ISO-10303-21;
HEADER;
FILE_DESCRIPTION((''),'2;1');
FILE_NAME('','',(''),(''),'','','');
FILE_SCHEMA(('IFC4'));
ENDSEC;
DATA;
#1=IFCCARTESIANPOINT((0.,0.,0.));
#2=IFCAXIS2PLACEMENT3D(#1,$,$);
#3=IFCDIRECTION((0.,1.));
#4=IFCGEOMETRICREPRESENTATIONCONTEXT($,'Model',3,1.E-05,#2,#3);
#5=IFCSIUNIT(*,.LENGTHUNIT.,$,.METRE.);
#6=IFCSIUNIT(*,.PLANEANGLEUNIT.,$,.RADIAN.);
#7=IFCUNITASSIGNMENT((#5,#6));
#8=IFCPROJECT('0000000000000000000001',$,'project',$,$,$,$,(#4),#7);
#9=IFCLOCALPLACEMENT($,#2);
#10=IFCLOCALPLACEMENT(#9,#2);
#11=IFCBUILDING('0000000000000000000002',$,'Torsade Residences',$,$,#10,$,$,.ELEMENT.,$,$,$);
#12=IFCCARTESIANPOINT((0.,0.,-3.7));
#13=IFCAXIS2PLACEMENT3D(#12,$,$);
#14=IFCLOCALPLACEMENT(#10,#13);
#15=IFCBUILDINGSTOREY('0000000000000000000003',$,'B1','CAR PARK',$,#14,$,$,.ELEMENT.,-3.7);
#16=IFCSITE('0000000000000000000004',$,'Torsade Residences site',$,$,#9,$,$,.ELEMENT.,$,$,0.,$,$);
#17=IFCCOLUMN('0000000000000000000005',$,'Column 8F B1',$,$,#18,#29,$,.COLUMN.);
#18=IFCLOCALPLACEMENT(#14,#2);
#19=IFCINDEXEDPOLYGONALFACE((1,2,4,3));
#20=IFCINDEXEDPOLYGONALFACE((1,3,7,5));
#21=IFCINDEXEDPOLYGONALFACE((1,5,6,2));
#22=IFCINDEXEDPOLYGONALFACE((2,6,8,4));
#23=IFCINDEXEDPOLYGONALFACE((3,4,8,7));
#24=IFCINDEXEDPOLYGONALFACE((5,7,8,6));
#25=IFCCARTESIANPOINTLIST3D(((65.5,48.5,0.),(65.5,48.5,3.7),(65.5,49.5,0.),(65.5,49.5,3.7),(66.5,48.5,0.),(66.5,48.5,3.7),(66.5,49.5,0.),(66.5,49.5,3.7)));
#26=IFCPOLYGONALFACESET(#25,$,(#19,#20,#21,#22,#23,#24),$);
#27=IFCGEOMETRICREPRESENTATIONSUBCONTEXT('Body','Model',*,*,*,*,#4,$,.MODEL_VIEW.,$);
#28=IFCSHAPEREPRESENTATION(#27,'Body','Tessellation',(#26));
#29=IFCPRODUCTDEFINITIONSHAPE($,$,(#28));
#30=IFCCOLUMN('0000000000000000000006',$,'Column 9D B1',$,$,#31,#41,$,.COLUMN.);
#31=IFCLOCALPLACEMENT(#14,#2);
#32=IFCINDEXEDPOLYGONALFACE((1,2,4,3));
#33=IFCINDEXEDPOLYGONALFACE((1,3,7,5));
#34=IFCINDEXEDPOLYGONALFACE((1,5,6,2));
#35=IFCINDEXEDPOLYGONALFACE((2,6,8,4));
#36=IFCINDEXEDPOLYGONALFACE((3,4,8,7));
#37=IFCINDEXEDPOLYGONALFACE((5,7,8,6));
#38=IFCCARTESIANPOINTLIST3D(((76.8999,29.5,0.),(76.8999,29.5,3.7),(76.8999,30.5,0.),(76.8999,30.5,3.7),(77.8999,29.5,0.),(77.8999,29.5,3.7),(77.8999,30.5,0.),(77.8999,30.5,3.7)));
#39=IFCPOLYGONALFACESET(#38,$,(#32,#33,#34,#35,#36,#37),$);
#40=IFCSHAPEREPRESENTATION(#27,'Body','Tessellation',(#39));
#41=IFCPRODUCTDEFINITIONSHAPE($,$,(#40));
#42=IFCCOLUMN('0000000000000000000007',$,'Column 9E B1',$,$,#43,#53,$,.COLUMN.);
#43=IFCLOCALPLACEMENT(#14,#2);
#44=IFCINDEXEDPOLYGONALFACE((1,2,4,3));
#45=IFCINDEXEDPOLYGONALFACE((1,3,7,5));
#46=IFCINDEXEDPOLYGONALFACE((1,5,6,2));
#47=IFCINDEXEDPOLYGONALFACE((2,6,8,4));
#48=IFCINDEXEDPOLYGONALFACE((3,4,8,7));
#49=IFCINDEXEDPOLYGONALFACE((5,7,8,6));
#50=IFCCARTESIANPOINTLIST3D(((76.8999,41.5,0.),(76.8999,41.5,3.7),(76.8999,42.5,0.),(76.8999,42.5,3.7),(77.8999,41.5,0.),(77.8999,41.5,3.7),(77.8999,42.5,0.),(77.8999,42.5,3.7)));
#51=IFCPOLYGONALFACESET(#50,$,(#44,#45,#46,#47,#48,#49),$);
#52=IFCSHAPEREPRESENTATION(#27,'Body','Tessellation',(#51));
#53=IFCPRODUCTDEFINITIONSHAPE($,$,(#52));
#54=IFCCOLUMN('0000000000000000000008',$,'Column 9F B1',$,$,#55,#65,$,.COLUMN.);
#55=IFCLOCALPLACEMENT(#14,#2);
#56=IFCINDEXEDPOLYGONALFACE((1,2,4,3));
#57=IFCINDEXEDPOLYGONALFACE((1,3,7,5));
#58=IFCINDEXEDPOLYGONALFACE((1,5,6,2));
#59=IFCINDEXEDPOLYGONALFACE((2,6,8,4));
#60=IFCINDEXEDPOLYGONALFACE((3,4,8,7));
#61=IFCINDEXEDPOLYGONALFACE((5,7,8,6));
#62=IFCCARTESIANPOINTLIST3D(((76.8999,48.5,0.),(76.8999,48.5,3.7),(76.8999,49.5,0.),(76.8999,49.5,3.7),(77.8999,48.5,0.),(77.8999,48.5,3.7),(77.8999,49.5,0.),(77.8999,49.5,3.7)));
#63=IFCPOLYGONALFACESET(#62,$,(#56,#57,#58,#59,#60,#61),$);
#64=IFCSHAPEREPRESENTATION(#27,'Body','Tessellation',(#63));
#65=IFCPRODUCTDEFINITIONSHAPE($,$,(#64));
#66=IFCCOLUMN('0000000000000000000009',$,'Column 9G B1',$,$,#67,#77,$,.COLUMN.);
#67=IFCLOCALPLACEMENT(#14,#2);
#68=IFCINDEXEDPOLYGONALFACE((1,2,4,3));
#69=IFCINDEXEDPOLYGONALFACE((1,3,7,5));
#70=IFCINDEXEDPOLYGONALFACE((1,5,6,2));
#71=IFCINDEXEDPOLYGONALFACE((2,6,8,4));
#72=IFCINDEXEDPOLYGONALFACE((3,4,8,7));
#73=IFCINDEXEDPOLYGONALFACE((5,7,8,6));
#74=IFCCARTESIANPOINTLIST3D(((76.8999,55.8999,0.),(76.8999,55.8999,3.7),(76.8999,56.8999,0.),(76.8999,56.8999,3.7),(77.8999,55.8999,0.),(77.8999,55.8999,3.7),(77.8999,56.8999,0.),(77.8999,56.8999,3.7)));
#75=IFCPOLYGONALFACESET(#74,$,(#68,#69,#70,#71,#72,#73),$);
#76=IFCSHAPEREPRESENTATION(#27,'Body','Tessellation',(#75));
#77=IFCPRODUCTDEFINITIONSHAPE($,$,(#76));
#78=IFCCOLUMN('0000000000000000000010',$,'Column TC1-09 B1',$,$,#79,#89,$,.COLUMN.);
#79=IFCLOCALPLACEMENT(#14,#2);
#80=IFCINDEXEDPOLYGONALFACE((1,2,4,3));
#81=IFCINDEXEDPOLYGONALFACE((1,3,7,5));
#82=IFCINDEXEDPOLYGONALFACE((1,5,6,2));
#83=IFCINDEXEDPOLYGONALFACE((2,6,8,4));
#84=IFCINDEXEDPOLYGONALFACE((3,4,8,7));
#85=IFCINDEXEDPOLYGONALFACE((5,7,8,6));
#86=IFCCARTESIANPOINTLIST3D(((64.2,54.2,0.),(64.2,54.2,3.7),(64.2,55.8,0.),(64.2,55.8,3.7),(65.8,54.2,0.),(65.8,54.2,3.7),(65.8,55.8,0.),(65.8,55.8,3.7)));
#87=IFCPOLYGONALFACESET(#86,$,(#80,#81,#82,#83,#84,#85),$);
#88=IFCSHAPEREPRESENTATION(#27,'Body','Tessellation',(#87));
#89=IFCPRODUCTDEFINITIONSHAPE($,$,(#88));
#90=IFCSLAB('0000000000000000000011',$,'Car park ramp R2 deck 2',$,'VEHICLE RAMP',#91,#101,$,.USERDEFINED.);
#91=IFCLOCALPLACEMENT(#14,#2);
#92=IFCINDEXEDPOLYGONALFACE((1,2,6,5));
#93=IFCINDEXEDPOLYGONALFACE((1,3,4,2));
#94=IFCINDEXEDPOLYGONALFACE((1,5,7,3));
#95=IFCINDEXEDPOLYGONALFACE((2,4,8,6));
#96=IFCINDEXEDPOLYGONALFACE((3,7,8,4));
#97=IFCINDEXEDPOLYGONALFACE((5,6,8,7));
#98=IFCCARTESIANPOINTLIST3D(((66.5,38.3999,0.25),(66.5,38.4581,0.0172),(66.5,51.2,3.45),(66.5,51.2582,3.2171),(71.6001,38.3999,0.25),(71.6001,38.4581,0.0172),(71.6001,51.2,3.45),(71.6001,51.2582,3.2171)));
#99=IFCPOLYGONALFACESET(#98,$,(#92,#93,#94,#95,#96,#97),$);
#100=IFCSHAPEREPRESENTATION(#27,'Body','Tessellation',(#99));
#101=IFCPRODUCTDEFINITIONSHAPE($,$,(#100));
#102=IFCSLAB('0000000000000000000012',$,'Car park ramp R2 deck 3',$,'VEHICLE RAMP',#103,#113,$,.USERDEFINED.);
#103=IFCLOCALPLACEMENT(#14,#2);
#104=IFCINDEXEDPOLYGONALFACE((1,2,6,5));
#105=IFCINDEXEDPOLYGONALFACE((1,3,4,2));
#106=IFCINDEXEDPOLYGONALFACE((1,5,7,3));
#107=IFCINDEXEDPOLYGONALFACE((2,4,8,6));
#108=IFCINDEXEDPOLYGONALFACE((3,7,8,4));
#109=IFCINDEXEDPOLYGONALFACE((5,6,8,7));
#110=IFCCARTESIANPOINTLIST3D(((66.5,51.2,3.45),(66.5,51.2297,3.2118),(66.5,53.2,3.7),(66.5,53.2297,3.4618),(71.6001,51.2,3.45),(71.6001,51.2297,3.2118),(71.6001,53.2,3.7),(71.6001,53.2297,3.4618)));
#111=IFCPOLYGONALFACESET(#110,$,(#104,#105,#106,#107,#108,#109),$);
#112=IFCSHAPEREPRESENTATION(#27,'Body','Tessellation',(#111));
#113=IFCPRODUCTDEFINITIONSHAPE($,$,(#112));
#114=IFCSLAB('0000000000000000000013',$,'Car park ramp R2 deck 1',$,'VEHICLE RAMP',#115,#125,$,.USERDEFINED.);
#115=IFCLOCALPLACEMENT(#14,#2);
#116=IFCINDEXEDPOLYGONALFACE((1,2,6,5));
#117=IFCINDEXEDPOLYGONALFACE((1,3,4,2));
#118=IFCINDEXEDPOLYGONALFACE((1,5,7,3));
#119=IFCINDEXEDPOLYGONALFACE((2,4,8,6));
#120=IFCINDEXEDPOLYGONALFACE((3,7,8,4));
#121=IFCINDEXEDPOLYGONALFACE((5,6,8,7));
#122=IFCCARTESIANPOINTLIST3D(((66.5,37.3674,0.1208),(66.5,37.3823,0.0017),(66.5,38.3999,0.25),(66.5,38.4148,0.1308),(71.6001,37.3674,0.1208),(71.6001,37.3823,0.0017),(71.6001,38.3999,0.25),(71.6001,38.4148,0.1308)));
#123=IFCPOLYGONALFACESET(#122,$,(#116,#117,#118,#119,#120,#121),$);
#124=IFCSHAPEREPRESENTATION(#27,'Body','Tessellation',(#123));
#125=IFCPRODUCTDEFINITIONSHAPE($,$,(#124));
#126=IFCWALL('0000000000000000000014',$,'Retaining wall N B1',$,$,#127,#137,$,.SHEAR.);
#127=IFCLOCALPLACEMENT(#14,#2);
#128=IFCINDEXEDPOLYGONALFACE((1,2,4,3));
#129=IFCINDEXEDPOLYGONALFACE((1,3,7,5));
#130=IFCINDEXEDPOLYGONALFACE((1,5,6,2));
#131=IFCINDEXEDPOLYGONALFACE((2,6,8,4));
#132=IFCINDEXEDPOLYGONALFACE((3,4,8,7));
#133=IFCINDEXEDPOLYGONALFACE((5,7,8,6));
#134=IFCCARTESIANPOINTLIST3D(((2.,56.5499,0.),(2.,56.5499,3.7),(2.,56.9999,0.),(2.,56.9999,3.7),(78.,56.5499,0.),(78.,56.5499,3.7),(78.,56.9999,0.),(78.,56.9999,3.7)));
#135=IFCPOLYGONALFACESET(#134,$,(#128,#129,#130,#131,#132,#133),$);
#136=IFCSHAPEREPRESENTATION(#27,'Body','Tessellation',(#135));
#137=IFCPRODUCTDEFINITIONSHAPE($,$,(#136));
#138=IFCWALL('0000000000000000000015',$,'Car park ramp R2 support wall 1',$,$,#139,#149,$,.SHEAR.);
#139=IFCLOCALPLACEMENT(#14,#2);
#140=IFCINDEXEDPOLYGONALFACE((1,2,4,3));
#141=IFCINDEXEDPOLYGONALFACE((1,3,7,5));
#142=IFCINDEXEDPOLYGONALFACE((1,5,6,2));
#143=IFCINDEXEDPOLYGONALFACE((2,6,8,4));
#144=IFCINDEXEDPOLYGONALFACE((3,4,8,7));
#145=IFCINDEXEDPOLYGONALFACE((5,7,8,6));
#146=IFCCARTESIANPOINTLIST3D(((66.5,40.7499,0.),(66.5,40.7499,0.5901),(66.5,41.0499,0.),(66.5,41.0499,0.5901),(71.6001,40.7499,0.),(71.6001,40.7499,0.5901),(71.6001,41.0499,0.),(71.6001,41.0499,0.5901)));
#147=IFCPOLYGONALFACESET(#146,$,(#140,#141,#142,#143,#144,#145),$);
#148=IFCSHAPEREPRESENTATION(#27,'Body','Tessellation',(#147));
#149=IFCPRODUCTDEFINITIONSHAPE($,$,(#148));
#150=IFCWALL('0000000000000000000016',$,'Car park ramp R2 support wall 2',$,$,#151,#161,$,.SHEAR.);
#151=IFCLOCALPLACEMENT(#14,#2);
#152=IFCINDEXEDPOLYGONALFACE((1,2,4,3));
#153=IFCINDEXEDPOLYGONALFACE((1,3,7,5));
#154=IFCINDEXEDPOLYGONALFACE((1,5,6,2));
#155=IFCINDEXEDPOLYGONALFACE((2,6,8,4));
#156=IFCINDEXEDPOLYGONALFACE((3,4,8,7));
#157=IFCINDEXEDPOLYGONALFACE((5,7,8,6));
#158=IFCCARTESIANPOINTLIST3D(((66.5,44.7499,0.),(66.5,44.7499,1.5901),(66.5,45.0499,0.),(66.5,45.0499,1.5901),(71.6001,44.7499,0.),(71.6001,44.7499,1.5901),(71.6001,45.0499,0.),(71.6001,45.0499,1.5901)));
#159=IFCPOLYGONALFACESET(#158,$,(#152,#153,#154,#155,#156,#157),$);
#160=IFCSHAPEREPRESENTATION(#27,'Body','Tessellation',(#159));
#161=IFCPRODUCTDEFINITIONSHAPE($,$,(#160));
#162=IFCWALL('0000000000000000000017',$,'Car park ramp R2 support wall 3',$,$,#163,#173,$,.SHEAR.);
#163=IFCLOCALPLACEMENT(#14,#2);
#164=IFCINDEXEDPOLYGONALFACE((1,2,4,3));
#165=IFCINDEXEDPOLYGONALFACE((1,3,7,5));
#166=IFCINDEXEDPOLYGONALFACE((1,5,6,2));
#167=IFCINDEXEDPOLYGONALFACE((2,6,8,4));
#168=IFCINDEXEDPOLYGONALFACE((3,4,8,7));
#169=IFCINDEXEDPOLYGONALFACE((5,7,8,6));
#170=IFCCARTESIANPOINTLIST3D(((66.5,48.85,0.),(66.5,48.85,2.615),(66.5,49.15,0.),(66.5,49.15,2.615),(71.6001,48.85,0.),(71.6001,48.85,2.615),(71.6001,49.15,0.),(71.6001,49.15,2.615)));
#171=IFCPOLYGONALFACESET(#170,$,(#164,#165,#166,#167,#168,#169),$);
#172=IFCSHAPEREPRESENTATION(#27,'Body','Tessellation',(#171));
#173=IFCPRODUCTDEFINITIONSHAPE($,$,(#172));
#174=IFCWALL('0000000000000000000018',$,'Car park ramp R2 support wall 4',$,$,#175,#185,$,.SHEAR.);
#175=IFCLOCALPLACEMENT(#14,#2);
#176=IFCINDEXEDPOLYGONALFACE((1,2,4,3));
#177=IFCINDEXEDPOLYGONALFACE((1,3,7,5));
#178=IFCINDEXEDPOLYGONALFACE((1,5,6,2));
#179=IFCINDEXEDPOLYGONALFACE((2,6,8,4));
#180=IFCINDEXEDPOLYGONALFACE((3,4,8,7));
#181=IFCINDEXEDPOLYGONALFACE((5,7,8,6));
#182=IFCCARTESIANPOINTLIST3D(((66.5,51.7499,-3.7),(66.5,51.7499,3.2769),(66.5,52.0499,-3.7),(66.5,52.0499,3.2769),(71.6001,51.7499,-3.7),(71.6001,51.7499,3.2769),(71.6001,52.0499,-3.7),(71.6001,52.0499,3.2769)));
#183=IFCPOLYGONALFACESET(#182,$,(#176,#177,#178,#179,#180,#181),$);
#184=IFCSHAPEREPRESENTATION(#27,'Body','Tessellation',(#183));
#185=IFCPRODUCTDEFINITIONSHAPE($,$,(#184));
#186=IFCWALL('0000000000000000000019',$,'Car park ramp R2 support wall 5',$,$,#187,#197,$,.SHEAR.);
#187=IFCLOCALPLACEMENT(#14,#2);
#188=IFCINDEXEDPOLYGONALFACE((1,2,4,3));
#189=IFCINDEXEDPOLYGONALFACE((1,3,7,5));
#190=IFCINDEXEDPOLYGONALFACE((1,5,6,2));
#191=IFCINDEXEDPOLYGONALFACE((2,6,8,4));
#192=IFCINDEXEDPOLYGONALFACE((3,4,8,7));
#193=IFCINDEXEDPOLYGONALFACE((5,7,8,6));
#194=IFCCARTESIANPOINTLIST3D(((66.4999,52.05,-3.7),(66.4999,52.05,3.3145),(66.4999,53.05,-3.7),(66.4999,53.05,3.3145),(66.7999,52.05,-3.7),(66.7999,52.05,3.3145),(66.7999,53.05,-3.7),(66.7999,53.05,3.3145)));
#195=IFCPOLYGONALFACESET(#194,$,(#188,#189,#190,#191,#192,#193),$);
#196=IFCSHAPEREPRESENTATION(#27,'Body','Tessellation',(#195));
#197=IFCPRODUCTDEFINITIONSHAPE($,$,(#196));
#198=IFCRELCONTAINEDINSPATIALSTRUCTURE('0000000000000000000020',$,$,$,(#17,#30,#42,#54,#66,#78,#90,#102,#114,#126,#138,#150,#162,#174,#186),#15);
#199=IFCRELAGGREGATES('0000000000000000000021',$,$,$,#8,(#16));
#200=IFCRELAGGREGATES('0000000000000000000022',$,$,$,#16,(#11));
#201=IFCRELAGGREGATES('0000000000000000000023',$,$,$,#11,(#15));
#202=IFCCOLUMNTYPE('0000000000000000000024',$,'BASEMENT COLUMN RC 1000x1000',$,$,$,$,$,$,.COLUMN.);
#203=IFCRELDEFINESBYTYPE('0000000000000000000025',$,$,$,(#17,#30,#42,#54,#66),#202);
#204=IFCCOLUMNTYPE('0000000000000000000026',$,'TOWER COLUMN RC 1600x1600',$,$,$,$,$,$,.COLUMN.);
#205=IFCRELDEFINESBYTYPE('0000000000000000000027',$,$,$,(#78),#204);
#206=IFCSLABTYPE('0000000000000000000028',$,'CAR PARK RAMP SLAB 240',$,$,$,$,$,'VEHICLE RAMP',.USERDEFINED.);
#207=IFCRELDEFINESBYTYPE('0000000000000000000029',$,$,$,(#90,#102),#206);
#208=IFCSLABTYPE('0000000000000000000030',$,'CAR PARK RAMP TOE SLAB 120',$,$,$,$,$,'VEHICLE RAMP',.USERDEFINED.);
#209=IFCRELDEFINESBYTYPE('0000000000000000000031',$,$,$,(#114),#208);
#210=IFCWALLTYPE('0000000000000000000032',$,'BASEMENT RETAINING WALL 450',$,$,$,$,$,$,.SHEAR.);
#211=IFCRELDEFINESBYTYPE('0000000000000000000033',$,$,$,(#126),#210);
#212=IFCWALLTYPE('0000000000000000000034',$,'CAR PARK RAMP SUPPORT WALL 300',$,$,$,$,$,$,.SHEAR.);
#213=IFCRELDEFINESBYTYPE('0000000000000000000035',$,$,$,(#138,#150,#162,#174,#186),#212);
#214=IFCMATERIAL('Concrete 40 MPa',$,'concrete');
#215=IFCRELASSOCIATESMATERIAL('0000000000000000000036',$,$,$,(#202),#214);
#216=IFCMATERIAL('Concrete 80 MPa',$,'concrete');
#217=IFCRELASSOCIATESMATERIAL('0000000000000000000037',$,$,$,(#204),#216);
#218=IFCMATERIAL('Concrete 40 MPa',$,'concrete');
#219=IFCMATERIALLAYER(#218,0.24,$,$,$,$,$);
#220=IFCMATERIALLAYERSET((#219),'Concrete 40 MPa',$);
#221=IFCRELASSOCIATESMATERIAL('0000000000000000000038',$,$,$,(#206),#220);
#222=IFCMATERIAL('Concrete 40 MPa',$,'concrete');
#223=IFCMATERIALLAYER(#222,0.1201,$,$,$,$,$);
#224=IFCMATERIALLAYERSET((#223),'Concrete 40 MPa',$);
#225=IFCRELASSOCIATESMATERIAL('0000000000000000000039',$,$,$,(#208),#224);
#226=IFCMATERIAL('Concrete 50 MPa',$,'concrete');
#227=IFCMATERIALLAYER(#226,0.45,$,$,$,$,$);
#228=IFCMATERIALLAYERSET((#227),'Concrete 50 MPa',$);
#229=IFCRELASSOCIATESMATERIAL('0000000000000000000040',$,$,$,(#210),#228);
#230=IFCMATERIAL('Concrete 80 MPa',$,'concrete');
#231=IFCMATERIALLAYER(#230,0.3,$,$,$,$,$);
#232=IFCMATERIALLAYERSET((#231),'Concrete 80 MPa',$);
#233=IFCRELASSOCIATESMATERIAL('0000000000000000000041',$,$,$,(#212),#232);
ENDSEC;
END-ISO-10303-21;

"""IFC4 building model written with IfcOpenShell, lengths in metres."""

from ifc_helpers import new_model, si_unit, direction, frame, frame_2d, origin, origin_2d, place, context, subcontext, project, spatial, polyline, rectangle, outline, extrude, material, layer, layer_set, material_profile, profile_set, type_object, element, save


model = new_model("IFC4")

# Units and contexts
model_context = context("Model", 3, precision=1e-05, world=origin(), true_north=direction((0.0, 1.0)))
body_context = subcontext(model_context, "Body", "Model", "MODEL_VIEW")
ifc_project = project(units=[si_unit("LENGTHUNIT", "METRE"), si_unit("PLANEANGLEUNIT", "RADIAN")], contexts=[model_context])

# Site, building, storey
site_placement = place(None, origin())
site = spatial("IfcSite", under=ifc_project, at=site_placement, Name="Torsade Residences site", CompositionType="ELEMENT", RefElevation=0.0)
building_placement = place(site_placement, origin())
building = spatial("IfcBuilding", under=site, at=building_placement, Name="Torsade Residences", CompositionType="ELEMENT")
storey_placement = place(building_placement, frame((0.0, 0.0, -3.7)))
storey = spatial("IfcBuildingStorey", under=building, at=storey_placement, Name="B1", Description="CAR PARK", CompositionType="ELEMENT", Elevation=-3.7)

# Columns
ifc_material_1 = material(Name="Concrete 40 MPa", Category="concrete")
ifc_material_profile_1 = material_profile(ifc_material_1, rectangle(XDim=1.0, YDim=1.0, at=origin_2d()), Name="RC 1000x1000")
ifc_profile_set_1 = profile_set([ifc_material_profile_1], Name="Concrete 40 MPa")
column_type_1 = type_object("IfcColumnType", Name="BASEMENT COLUMN RC 1000x1000", PredefinedType="COLUMN", material=ifc_profile_set_1)
for number, where, z_axis, x_axis, name in (
    (1, (66.0, 49.0, 0.0), (0.0, 0.0, 1.0), (1.0, 0.0, 0.0), "Column 8F B1"),
    (2, (77.3999, 30.0, 0.0), (0.0, 0.0, 1.0), (1.0, 0.0, 0.0), "Column 9D B1"),
    (3, (77.3999, 42.0, 0.0), (0.0, 0.0, 1.0), (1.0, 0.0, 0.0), "Column 9E B1"),
    (4, (77.3999, 49.0, 0.0), (0.0, 0.0, 1.0), (1.0, 0.0, 0.0), "Column 9F B1"),
    (5, (77.3999, 56.3999, 0.0), (0.0, 0.0, 1.0), (1.0, 0.0, 0.0), "Column 9G B1"),
):
    element("IfcColumn", number, at=place(storey_placement, frame(where, z_axis=z_axis, x_axis=x_axis)), inside=storey, type_object=column_type_1, Name=name, PredefinedType="COLUMN", context=body_context, shape_type="SweptSolid", body=[
        extrude(rectangle(XDim=1.0, YDim=1.0, at=origin_2d()), origin(), (0.0, 0.0, 1.0), 3.7),
    ])
ifc_material_2 = material(Name="Concrete 80 MPa", Category="concrete")
ifc_material_profile_2 = material_profile(ifc_material_2, rectangle(XDim=1.6001, YDim=1.6001, at=origin_2d()), Name="RC 1600x1600")
ifc_profile_set_2 = profile_set([ifc_material_profile_2], Name="Concrete 80 MPa")
column_type_2 = type_object("IfcColumnType", Name="TOWER COLUMN RC 1600x1600", PredefinedType="COLUMN", material=ifc_profile_set_2)
column_placement = place(storey_placement, frame((65.0, 55.0, 0.0), z_axis=(0.0, 0.0, 1.0), x_axis=(1.0, 0.0, 0.0)))
element("IfcColumn", 6, at=column_placement, inside=storey, type_object=column_type_2, Name="Column TC1-09 B1", PredefinedType="COLUMN", context=body_context, shape_type="SweptSolid", body=[
    extrude(rectangle(XDim=1.6001, YDim=1.6001, at=origin_2d()), origin(), (0.0, 0.0, 1.0), 3.7),
])

# Slabs
ifc_material_3 = material(Name="Concrete 40 MPa", Category="concrete")
ifc_layer_1 = layer(ifc_material_3, 0.24)
ifc_layer_set_1 = layer_set([ifc_layer_1], Name="Concrete 40 MPa")
slab_type_1 = type_object("IfcSlabType", Name="CAR PARK RAMP SLAB 240", ElementType="VEHICLE RAMP", PredefinedType="USERDEFINED", material=ifc_layer_set_1)
slab_1_placement = place(storey_placement, frame((66.5, 38.3999, 0.25), z_axis=(0.0, -0.242531, 0.970144), x_axis=(1.0, 0.0, 0.0)))
element("IfcSlab", 7, at=slab_1_placement, inside=storey, type_object=slab_type_1, Name="Car park ramp R2 deck 2", ObjectType="VEHICLE RAMP", PredefinedType="USERDEFINED", context=body_context, shape_type="SweptSolid", body=[
    extrude(outline(polyline([(0.0, 0.0), (5.1001, 0.0), (5.1001, 13.194), (0.0, 13.194), (0.0, 0.0)])), origin(), (0.0, 0.0, -1.0), 0.24),
])
slab_2_placement = place(storey_placement, frame((66.5, 51.2, 3.45), z_axis=(0.0, -0.124035, 0.992278), x_axis=(1.0, 0.0, 0.0)))
element("IfcSlab", 8, at=slab_2_placement, inside=storey, type_object=slab_type_1, Name="Car park ramp R2 deck 3", ObjectType="VEHICLE RAMP", PredefinedType="USERDEFINED", context=body_context, shape_type="SweptSolid", body=[
    extrude(outline(polyline([(0.0, 0.0), (5.1001, 0.0), (5.1001, 2.0156), (0.0, 2.0156), (0.0, 0.0)])), origin(), (0.0, 0.0, -1.0), 0.24),
])
ifc_material_4 = material(Name="Concrete 40 MPa", Category="concrete")
ifc_layer_2 = layer(ifc_material_4, 0.1201)
ifc_layer_set_2 = layer_set([ifc_layer_2], Name="Concrete 40 MPa")
slab_type_2 = type_object("IfcSlabType", Name="CAR PARK RAMP TOE SLAB 120", ElementType="VEHICLE RAMP", PredefinedType="USERDEFINED", material=ifc_layer_set_2)
slab_3_placement = place(storey_placement, frame((66.5, 37.3674, 0.1208), z_axis=(0.0, -0.124121, 0.992267), x_axis=(1.0, 0.0, 0.0)))
element("IfcSlab", 9, at=slab_3_placement, inside=storey, type_object=slab_type_2, Name="Car park ramp R2 deck 1", ObjectType="VEHICLE RAMP", PredefinedType="USERDEFINED", context=body_context, shape_type="SweptSolid", body=[
    extrude(outline(polyline([(0.0, 0.0), (5.1001, 0.0), (5.1001, 1.0405), (0.0, 1.0405), (0.0, 0.0)])), origin(), (0.0, 0.0, -1.0), 0.1201),
])

# Walls
ifc_material_5 = material(Name="Concrete 50 MPa", Category="concrete")
ifc_layer_3 = layer(ifc_material_5, 0.45)
ifc_layer_set_3 = layer_set([ifc_layer_3], Name="Concrete 50 MPa")
wall_type_1 = type_object("IfcWallType", Name="BASEMENT RETAINING WALL 450", PredefinedType="SHEAR", material=ifc_layer_set_3)
wall_1_placement = place(storey_placement, frame((78.0, 56.7749, 0.0), z_axis=(0.0, 0.0, 1.0), x_axis=(-1.0, 0.0, 0.0)))
element("IfcWall", 10, at=wall_1_placement, inside=storey, type_object=wall_type_1, Name="Retaining wall N B1", PredefinedType="SHEAR", context=body_context, shape_type="SweptSolid", body=[
    extrude(rectangle(XDim=76.0, YDim=0.45, at=frame_2d((38.0, 0.0))), origin(), (0.0, 0.0, 1.0), 3.7),
])
ifc_material_6 = material(Name="Concrete 80 MPa", Category="concrete")
ifc_layer_4 = layer(ifc_material_6, 0.3)
ifc_layer_set_4 = layer_set([ifc_layer_4], Name="Concrete 80 MPa")
wall_type_2 = type_object("IfcWallType", Name="CAR PARK RAMP SUPPORT WALL 300", PredefinedType="SHEAR", material=ifc_layer_set_4)
wall_2_placement = place(storey_placement, frame((66.5, 40.8999, 0.0), z_axis=(0.0, 0.0, 1.0), x_axis=(1.0, 0.0, 0.0)))
element("IfcWall", 11, at=wall_2_placement, inside=storey, type_object=wall_type_2, Name="Car park ramp R2 support wall 1", PredefinedType="SHEAR", context=body_context, shape_type="SweptSolid", body=[
    extrude(rectangle(XDim=5.1001, YDim=0.3, at=frame_2d((2.55, 0.0))), origin(), (0.0, 0.0, 1.0), 0.5901),
])
wall_3_placement = place(storey_placement, frame((66.5, 44.8999, 0.0), z_axis=(0.0, 0.0, 1.0), x_axis=(1.0, 0.0, 0.0)))
element("IfcWall", 12, at=wall_3_placement, inside=storey, type_object=wall_type_2, Name="Car park ramp R2 support wall 2", PredefinedType="SHEAR", context=body_context, shape_type="SweptSolid", body=[
    extrude(rectangle(XDim=5.1001, YDim=0.3, at=frame_2d((2.55, 0.0))), origin(), (0.0, 0.0, 1.0), 1.5901),
])
wall_4_placement = place(storey_placement, frame((66.5, 49.0, 0.0), z_axis=(0.0, 0.0, 1.0), x_axis=(1.0, 0.0, 0.0)))
element("IfcWall", 13, at=wall_4_placement, inside=storey, type_object=wall_type_2, Name="Car park ramp R2 support wall 3", PredefinedType="SHEAR", context=body_context, shape_type="SweptSolid", body=[
    extrude(rectangle(XDim=5.1001, YDim=0.3, at=frame_2d((2.55, 0.0))), origin(), (0.0, 0.0, 1.0), 2.615),
])
wall_5_placement = place(storey_placement, frame((66.5, 51.8999, -3.7), z_axis=(0.0, 0.0, 1.0), x_axis=(1.0, 0.0, 0.0)))
element("IfcWall", 14, at=wall_5_placement, inside=storey, type_object=wall_type_2, Name="Car park ramp R2 support wall 4", PredefinedType="SHEAR", context=body_context, shape_type="SweptSolid", body=[
    extrude(rectangle(XDim=5.1001, YDim=0.3, at=frame_2d((2.55, 0.0))), origin(), (0.0, 0.0, 1.0), 6.9768),
])
for number, where, z_axis, x_axis, name in (
    (15, (66.6499, 52.05, -3.7), (0.0, 0.0, 1.0), (0.0, 1.0, 0.0), "Car park ramp R2 support wall 5"),
):
    element("IfcWall", number, at=place(storey_placement, frame(where, z_axis=z_axis, x_axis=x_axis)), inside=storey, type_object=wall_type_2, Name=name, PredefinedType="SHEAR", context=body_context, shape_type="SweptSolid", body=[
        extrude(rectangle(XDim=1.0, YDim=0.3, at=frame_2d((0.5, 0.0))), origin(), (0.0, 0.0, 1.0), 7.0144),
    ])

save(model, "model.ifc")
